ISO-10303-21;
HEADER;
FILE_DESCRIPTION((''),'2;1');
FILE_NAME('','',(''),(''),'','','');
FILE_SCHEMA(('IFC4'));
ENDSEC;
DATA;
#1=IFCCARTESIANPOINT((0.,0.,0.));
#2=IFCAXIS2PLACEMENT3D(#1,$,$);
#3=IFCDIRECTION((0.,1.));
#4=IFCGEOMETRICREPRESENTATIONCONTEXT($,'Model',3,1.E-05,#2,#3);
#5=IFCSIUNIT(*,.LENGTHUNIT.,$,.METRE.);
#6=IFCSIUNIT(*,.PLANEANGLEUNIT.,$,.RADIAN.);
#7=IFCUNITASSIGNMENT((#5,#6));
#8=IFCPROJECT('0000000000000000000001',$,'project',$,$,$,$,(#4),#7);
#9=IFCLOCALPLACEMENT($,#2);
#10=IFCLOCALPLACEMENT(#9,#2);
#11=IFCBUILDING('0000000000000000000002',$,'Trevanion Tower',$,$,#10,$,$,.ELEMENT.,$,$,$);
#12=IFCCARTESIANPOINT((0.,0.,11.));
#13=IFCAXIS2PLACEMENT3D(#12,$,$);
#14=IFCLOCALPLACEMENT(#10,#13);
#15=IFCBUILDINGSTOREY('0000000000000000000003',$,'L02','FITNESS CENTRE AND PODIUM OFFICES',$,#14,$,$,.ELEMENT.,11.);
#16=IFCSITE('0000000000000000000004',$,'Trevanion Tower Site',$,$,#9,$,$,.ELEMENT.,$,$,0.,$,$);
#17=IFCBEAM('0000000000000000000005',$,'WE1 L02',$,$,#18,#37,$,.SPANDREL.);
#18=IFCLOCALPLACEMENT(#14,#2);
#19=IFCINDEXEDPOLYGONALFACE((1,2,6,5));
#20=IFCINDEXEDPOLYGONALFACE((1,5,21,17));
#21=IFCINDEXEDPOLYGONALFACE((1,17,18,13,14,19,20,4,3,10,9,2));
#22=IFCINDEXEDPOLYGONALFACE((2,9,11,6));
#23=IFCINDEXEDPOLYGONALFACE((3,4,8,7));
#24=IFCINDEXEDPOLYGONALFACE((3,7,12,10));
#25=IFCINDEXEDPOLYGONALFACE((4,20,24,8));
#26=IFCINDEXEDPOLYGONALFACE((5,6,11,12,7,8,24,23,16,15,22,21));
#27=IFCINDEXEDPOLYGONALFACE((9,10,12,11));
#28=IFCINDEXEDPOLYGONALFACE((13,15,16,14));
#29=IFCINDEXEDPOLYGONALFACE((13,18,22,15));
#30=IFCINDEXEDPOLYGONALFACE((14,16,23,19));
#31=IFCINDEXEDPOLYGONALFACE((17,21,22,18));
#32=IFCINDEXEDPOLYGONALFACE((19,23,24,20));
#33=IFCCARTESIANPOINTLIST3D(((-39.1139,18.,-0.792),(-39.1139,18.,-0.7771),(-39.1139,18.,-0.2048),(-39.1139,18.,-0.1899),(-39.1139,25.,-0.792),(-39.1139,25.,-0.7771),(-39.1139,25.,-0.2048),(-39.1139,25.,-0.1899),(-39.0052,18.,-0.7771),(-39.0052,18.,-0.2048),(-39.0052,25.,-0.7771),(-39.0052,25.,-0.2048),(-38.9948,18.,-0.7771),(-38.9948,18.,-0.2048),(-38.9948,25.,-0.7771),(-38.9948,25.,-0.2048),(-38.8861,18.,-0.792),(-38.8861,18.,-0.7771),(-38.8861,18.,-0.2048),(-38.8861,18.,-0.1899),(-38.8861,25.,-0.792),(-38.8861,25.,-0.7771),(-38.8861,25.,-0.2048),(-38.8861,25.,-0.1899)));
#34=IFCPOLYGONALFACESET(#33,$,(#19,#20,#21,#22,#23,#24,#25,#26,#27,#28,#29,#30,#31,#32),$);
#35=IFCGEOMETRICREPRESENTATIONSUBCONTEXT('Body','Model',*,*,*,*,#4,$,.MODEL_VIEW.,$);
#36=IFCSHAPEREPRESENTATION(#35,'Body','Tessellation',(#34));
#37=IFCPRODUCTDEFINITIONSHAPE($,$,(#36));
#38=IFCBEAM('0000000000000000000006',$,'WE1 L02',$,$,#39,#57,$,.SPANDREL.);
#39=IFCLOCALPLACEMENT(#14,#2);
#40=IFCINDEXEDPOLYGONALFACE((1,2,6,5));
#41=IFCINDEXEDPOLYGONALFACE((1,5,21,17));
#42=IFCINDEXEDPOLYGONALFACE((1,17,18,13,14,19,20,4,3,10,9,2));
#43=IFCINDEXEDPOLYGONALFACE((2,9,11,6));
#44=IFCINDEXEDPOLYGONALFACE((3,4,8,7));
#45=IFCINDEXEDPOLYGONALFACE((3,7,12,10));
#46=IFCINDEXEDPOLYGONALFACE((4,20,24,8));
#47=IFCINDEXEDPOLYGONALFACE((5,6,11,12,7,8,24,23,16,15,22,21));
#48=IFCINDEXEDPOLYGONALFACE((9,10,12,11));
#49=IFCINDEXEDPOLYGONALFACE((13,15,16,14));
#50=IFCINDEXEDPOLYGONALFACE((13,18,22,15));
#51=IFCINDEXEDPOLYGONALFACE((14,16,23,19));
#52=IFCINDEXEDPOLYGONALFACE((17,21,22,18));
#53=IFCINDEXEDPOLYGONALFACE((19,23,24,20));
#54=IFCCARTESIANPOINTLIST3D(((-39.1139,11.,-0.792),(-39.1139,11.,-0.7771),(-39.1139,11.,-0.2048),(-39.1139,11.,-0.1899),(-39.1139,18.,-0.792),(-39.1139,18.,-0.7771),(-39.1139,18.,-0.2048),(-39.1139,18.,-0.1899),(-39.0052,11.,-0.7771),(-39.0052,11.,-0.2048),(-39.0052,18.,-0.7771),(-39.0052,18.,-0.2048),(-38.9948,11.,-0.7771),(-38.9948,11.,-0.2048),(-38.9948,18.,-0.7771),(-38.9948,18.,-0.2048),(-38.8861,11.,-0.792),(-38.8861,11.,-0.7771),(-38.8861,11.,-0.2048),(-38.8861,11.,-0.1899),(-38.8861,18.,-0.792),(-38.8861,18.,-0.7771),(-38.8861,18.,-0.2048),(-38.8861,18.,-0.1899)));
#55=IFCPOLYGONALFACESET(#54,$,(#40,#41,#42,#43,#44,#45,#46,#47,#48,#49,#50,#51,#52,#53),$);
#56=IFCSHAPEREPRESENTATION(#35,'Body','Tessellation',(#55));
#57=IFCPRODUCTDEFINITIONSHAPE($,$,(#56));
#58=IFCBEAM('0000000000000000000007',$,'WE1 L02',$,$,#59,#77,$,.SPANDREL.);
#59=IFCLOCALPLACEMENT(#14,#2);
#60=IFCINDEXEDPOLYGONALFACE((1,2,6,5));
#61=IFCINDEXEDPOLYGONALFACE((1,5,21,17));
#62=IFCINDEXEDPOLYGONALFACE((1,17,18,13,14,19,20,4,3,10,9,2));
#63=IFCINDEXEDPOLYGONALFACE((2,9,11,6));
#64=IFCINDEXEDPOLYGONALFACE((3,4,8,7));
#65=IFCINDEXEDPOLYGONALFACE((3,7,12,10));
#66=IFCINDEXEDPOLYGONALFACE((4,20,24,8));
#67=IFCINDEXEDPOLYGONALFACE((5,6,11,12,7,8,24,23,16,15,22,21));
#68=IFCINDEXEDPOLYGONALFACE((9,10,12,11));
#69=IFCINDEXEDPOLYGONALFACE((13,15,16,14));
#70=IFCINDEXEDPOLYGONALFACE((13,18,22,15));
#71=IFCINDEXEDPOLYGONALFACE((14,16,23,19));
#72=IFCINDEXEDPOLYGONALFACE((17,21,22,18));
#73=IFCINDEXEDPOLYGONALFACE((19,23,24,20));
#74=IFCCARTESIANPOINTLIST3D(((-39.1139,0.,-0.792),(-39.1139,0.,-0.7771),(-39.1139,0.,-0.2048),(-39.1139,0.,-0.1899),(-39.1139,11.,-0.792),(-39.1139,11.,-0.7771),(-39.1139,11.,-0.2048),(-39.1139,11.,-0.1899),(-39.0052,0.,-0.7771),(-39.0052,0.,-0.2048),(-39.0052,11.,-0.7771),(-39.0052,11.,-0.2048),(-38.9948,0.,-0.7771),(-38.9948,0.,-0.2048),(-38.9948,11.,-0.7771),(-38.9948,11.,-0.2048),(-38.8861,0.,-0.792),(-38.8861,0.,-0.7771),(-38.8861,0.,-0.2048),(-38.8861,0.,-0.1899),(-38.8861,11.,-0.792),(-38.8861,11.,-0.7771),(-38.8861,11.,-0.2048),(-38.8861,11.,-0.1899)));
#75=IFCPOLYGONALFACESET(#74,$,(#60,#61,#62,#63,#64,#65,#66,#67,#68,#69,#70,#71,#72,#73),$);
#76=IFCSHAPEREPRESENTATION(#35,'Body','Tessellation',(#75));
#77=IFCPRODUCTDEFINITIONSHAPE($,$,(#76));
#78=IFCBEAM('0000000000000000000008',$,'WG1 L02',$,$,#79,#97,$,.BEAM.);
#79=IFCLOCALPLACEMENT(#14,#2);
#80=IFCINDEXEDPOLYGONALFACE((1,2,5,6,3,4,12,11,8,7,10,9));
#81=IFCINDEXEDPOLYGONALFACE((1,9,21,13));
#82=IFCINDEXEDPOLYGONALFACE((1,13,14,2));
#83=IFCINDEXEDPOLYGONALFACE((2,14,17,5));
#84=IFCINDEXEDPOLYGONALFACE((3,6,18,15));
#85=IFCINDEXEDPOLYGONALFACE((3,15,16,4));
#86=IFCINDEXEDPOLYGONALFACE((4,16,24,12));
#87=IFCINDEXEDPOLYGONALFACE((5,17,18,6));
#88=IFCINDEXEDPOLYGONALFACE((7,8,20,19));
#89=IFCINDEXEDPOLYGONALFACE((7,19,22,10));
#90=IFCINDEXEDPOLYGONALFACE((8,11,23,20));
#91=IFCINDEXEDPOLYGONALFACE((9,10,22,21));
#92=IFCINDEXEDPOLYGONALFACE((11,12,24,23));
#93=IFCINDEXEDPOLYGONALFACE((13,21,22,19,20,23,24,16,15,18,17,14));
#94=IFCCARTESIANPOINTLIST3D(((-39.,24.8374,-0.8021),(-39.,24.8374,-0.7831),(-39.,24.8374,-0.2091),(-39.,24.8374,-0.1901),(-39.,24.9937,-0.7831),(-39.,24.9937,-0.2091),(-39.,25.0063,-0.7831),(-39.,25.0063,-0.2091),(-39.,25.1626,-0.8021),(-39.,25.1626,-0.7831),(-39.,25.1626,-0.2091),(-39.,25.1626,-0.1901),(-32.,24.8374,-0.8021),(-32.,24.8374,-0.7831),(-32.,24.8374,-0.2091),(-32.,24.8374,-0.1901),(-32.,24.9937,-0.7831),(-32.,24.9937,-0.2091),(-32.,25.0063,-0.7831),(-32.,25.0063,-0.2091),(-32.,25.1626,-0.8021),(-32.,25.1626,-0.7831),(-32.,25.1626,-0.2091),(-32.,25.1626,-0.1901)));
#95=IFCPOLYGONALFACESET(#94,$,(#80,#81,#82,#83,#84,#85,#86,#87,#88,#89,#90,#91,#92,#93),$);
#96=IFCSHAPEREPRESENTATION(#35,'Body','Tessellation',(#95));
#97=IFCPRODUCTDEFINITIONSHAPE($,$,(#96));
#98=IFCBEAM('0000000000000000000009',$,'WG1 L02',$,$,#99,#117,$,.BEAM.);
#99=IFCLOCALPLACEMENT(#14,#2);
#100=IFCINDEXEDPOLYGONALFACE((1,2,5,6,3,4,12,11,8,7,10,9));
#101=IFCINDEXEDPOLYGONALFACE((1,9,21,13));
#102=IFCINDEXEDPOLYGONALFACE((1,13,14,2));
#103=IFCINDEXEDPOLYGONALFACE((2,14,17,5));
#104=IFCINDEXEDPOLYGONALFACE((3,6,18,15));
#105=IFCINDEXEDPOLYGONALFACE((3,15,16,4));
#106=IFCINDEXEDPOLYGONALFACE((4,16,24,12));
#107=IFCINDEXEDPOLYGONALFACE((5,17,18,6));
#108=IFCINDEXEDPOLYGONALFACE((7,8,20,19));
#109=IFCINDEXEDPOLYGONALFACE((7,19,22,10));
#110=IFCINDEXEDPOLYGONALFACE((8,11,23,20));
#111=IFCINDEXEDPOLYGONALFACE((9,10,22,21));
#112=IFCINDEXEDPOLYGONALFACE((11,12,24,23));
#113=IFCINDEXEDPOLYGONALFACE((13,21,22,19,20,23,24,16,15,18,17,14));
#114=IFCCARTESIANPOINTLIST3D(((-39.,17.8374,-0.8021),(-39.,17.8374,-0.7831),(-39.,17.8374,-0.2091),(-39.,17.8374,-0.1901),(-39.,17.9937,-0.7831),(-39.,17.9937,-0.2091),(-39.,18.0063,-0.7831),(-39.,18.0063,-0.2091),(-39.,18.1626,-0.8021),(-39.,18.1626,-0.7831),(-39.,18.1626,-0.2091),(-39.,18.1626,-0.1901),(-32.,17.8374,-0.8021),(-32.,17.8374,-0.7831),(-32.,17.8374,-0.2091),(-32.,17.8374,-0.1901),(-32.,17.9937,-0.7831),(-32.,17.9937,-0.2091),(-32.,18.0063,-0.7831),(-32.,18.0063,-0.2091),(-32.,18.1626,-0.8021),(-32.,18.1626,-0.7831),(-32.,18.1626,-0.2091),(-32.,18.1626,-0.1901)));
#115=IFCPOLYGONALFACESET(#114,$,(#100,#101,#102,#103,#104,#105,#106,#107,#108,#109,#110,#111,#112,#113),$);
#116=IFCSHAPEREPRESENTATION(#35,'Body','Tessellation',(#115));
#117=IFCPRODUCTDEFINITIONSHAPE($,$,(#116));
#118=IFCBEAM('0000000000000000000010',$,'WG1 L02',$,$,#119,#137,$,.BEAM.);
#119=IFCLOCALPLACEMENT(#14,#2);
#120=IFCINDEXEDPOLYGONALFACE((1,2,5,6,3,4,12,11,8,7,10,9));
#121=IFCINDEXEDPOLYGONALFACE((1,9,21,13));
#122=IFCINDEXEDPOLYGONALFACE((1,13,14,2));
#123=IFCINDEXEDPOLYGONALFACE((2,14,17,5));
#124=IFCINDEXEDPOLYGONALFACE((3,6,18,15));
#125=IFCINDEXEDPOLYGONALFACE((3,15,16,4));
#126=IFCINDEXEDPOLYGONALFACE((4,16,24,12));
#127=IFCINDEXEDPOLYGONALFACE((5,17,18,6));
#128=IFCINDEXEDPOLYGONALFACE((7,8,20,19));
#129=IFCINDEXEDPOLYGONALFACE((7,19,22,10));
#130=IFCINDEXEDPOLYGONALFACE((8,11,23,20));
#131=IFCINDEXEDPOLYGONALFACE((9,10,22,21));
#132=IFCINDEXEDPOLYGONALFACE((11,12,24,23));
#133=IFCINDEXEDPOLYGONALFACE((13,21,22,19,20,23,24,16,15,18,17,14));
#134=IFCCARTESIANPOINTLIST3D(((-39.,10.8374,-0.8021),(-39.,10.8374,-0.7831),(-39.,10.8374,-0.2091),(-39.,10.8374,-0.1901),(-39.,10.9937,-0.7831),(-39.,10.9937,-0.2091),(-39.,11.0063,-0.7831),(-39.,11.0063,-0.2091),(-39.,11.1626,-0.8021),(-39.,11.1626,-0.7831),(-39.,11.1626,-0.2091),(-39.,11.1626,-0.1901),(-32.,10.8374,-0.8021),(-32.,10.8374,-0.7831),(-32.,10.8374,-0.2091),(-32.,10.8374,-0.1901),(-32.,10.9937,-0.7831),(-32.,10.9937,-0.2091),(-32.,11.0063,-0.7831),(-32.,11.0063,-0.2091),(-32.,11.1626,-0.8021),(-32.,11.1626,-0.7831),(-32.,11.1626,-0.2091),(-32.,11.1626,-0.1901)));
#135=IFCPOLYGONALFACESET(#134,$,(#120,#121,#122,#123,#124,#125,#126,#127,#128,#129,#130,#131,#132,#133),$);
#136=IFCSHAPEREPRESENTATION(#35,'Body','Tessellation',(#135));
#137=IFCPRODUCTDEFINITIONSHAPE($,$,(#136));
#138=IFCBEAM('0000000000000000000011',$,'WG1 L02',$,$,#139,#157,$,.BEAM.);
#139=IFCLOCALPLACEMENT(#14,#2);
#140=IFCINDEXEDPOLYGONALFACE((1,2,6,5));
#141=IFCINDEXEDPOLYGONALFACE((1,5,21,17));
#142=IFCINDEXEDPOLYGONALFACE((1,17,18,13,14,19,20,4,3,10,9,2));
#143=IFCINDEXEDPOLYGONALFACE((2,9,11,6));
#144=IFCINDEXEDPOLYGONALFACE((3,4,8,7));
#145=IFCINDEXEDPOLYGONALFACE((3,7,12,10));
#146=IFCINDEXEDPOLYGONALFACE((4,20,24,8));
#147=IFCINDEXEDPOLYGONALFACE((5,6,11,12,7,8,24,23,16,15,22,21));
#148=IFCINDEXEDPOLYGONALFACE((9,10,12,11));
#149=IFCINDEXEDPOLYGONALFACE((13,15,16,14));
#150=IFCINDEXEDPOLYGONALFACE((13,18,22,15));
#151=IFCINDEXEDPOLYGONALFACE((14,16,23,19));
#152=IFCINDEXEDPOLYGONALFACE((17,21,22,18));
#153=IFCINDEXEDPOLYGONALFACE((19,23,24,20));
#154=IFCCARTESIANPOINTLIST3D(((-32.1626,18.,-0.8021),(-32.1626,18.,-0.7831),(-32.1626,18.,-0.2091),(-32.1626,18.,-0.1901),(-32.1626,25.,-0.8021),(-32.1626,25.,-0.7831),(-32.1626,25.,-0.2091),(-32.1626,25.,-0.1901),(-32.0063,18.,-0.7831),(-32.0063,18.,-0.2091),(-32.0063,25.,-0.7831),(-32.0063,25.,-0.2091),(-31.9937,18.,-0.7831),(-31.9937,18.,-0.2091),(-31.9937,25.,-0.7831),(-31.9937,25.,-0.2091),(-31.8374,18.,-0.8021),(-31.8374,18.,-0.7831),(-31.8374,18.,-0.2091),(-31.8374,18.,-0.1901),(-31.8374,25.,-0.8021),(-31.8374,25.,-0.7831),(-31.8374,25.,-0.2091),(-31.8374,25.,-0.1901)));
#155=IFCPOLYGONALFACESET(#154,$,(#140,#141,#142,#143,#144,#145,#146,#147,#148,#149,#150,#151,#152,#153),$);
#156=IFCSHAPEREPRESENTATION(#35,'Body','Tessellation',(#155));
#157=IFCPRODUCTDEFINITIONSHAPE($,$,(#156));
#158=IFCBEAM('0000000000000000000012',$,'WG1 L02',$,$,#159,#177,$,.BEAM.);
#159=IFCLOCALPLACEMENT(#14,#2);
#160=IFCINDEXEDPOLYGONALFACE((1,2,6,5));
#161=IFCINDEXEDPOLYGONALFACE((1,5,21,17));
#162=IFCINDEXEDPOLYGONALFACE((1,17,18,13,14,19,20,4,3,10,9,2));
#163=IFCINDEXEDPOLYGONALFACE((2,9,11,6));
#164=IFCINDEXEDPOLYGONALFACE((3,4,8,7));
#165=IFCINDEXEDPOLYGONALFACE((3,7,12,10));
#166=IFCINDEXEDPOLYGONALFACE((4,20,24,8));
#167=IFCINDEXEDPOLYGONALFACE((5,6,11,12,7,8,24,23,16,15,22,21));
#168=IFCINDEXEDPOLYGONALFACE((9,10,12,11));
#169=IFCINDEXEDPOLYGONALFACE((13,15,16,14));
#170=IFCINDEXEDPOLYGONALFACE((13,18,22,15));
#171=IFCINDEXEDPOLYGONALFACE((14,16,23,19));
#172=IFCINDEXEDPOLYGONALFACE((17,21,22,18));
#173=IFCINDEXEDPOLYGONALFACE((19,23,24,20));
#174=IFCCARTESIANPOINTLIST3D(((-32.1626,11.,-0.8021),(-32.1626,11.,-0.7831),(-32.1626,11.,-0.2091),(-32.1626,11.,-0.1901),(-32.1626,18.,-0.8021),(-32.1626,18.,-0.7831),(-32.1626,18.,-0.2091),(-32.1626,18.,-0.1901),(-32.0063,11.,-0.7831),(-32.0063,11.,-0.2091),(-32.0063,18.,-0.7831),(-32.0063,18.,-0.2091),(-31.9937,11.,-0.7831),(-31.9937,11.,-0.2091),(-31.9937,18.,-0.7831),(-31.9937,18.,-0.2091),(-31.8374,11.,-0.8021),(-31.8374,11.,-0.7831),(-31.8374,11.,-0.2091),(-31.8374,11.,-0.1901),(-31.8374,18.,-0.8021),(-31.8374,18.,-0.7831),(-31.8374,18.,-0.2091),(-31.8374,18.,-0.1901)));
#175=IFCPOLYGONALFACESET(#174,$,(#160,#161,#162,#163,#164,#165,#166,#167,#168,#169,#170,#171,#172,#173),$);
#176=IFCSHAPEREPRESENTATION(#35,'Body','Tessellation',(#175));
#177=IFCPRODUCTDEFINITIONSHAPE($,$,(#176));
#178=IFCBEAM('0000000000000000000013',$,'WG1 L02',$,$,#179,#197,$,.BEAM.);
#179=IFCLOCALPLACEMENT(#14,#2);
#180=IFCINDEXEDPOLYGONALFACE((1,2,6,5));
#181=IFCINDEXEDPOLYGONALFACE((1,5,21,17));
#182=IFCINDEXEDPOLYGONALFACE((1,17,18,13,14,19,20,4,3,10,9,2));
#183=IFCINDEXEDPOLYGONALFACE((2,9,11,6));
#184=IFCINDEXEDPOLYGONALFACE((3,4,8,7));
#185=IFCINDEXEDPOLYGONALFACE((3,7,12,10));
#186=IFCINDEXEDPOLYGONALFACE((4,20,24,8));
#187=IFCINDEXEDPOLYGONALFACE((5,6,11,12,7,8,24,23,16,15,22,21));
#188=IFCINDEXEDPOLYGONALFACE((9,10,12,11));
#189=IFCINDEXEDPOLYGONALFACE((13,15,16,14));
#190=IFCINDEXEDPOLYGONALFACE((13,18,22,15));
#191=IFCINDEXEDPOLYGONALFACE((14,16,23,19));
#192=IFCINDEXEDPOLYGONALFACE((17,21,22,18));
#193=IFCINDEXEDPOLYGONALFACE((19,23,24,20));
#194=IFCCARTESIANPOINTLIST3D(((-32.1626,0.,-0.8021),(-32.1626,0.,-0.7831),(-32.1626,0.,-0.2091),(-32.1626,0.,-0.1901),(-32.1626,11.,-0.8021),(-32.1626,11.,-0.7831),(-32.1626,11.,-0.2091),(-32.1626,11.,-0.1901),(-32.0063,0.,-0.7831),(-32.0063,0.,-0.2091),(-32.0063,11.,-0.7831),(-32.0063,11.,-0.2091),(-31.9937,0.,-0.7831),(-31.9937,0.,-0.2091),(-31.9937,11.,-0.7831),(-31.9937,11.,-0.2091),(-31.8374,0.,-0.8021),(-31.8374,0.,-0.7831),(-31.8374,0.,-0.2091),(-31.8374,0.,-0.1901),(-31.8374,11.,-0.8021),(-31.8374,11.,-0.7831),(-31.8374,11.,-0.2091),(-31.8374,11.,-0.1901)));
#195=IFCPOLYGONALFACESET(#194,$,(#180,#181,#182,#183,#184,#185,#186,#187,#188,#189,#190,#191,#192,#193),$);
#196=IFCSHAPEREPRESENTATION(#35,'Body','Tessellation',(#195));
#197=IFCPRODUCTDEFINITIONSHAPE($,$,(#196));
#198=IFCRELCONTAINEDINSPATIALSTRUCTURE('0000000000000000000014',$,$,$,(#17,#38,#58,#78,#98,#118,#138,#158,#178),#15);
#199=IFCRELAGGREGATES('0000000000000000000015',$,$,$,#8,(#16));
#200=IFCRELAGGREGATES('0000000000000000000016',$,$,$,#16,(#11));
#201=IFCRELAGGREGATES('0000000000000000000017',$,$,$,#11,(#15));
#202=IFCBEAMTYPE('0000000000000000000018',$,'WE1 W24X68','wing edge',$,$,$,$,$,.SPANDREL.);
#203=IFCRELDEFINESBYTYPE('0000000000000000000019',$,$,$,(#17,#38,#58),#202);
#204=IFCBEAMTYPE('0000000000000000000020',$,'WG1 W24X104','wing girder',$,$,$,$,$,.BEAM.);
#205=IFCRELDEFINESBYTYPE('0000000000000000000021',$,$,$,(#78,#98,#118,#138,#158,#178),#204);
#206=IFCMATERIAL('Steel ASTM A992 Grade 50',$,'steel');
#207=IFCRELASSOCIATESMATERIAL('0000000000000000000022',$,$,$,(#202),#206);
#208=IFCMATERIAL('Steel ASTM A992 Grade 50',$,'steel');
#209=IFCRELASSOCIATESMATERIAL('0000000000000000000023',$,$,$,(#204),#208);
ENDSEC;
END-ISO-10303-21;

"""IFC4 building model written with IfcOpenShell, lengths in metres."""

from ifc_helpers import new_model, si_unit, direction, frame, origin, origin_2d, place, context, subcontext, project, spatial, i_section, extrude, material, material_profile, profile_set, type_object, element, save


model = new_model("IFC4")

# Units and contexts
model_context = context("Model", 3, precision=1e-05, world=origin(), true_north=direction((0.0, 1.0)))
body_context = subcontext(model_context, "Body", "Model", "MODEL_VIEW")
ifc_project = project(units=[si_unit("LENGTHUNIT", "METRE"), si_unit("PLANEANGLEUNIT", "RADIAN")], contexts=[model_context])

# Site, building, storey
site_placement = place(None, origin())
site = spatial("IfcSite", under=ifc_project, at=site_placement, Name="Trevanion Tower Site", CompositionType="ELEMENT", RefElevation=0.0)
building_placement = place(site_placement, origin())
building = spatial("IfcBuilding", under=site, at=building_placement, Name="Trevanion Tower", CompositionType="ELEMENT")
storey_placement = place(building_placement, frame((0.0, 0.0, 11.0)))
storey = spatial("IfcBuildingStorey", under=building, at=storey_placement, Name="L02", Description="FITNESS CENTRE AND PODIUM OFFICES", CompositionType="ELEMENT", Elevation=11.0)

# Beams
ifc_material_1 = material(Name="Steel ASTM A992 Grade 50", Category="steel")
ifc_material_profile_1 = material_profile(ifc_material_1, i_section(OverallWidth=0.2278, OverallDepth=0.6021, WebThickness=0.0105, FlangeThickness=0.0149, at=origin_2d()), Name="W24X68")
ifc_profile_set_1 = profile_set([ifc_material_profile_1], Name="Steel ASTM A992 Grade 50")
beam_type_1 = type_object("IfcBeamType", Name="WE1 W24X68", Description="wing edge", PredefinedType="SPANDREL", material=ifc_profile_set_1)
for number, where, z_axis, x_axis, name in (
    (1, (-39.0, 25.0, -0.491), (0.0, -1.0, 0.0), (1.0, 0.0, 0.0), "WE1 L02"),
    (2, (-39.0, 18.0, -0.491), (0.0, -1.0, 0.0), (1.0, 0.0, 0.0), "WE1 L02"),
):
    element("IfcBeam", number, at=place(storey_placement, frame(where, z_axis=z_axis, x_axis=x_axis)), inside=storey, type_object=beam_type_1, Name=name, PredefinedType="SPANDREL", context=body_context, shape_type="SweptSolid", body=[
        extrude(i_section(OverallWidth=0.2278, OverallDepth=0.6021, WebThickness=0.0105, FlangeThickness=0.0149, at=origin_2d()), origin(), (0.0, 0.0, 1.0), 7.0),
    ])
beam_1_placement = place(storey_placement, frame((-39.0, 11.0, -0.491), z_axis=(0.0, -1.0, 0.0), x_axis=(1.0, 0.0, 0.0)))
element("IfcBeam", 3, at=beam_1_placement, inside=storey, type_object=beam_type_1, Name="WE1 L02", PredefinedType="SPANDREL", context=body_context, shape_type="SweptSolid", body=[
    extrude(i_section(OverallWidth=0.2278, OverallDepth=0.6021, WebThickness=0.0105, FlangeThickness=0.0149, at=origin_2d()), origin(), (0.0, 0.0, 1.0), 11.0),
])
ifc_material_2 = material(Name="Steel ASTM A992 Grade 50", Category="steel")
ifc_material_profile_2 = material_profile(ifc_material_2, i_section(OverallWidth=0.3252, OverallDepth=0.6121, WebThickness=0.0127, FlangeThickness=0.019, at=origin_2d()), Name="W24X104")
ifc_profile_set_2 = profile_set([ifc_material_profile_2], Name="Steel ASTM A992 Grade 50")
beam_type_2 = type_object("IfcBeamType", Name="WG1 W24X104", Description="wing girder", PredefinedType="BEAM", material=ifc_profile_set_2)
for number, where, z_axis, x_axis, name in (
    (4, (-32.0, 25.0, -0.4961), (-1.0, 0.0, 0.0), (0.0, -1.0, 0.0), "WG1 L02"),
    (5, (-32.0, 18.0, -0.4961), (-1.0, 0.0, 0.0), (0.0, -1.0, 0.0), "WG1 L02"),
    (6, (-32.0, 11.0, -0.4961), (-1.0, 0.0, 0.0), (0.0, -1.0, 0.0), "WG1 L02"),
    (7, (-32.0, 25.0, -0.4961), (0.0, -1.0, 0.0), (1.0, 0.0, 0.0), "WG1 L02"),
    (8, (-32.0, 18.0, -0.4961), (0.0, -1.0, 0.0), (1.0, 0.0, 0.0), "WG1 L02"),
):
    element("IfcBeam", number, at=place(storey_placement, frame(where, z_axis=z_axis, x_axis=x_axis)), inside=storey, type_object=beam_type_2, Name=name, PredefinedType="BEAM", context=body_context, shape_type="SweptSolid", body=[
        extrude(i_section(OverallWidth=0.3252, OverallDepth=0.6121, WebThickness=0.0127, FlangeThickness=0.019, at=origin_2d()), origin(), (0.0, 0.0, 1.0), 7.0),
    ])
beam_2_placement = place(storey_placement, frame((-32.0, 11.0, -0.4961), z_axis=(0.0, -1.0, 0.0), x_axis=(1.0, 0.0, 0.0)))
element("IfcBeam", 9, at=beam_2_placement, inside=storey, type_object=beam_type_2, Name="WG1 L02", PredefinedType="BEAM", context=body_context, shape_type="SweptSolid", body=[
    extrude(i_section(OverallWidth=0.3252, OverallDepth=0.6121, WebThickness=0.0127, FlangeThickness=0.019, at=origin_2d()), origin(), (0.0, 0.0, 1.0), 11.0),
])

save(model, "model.ifc")
